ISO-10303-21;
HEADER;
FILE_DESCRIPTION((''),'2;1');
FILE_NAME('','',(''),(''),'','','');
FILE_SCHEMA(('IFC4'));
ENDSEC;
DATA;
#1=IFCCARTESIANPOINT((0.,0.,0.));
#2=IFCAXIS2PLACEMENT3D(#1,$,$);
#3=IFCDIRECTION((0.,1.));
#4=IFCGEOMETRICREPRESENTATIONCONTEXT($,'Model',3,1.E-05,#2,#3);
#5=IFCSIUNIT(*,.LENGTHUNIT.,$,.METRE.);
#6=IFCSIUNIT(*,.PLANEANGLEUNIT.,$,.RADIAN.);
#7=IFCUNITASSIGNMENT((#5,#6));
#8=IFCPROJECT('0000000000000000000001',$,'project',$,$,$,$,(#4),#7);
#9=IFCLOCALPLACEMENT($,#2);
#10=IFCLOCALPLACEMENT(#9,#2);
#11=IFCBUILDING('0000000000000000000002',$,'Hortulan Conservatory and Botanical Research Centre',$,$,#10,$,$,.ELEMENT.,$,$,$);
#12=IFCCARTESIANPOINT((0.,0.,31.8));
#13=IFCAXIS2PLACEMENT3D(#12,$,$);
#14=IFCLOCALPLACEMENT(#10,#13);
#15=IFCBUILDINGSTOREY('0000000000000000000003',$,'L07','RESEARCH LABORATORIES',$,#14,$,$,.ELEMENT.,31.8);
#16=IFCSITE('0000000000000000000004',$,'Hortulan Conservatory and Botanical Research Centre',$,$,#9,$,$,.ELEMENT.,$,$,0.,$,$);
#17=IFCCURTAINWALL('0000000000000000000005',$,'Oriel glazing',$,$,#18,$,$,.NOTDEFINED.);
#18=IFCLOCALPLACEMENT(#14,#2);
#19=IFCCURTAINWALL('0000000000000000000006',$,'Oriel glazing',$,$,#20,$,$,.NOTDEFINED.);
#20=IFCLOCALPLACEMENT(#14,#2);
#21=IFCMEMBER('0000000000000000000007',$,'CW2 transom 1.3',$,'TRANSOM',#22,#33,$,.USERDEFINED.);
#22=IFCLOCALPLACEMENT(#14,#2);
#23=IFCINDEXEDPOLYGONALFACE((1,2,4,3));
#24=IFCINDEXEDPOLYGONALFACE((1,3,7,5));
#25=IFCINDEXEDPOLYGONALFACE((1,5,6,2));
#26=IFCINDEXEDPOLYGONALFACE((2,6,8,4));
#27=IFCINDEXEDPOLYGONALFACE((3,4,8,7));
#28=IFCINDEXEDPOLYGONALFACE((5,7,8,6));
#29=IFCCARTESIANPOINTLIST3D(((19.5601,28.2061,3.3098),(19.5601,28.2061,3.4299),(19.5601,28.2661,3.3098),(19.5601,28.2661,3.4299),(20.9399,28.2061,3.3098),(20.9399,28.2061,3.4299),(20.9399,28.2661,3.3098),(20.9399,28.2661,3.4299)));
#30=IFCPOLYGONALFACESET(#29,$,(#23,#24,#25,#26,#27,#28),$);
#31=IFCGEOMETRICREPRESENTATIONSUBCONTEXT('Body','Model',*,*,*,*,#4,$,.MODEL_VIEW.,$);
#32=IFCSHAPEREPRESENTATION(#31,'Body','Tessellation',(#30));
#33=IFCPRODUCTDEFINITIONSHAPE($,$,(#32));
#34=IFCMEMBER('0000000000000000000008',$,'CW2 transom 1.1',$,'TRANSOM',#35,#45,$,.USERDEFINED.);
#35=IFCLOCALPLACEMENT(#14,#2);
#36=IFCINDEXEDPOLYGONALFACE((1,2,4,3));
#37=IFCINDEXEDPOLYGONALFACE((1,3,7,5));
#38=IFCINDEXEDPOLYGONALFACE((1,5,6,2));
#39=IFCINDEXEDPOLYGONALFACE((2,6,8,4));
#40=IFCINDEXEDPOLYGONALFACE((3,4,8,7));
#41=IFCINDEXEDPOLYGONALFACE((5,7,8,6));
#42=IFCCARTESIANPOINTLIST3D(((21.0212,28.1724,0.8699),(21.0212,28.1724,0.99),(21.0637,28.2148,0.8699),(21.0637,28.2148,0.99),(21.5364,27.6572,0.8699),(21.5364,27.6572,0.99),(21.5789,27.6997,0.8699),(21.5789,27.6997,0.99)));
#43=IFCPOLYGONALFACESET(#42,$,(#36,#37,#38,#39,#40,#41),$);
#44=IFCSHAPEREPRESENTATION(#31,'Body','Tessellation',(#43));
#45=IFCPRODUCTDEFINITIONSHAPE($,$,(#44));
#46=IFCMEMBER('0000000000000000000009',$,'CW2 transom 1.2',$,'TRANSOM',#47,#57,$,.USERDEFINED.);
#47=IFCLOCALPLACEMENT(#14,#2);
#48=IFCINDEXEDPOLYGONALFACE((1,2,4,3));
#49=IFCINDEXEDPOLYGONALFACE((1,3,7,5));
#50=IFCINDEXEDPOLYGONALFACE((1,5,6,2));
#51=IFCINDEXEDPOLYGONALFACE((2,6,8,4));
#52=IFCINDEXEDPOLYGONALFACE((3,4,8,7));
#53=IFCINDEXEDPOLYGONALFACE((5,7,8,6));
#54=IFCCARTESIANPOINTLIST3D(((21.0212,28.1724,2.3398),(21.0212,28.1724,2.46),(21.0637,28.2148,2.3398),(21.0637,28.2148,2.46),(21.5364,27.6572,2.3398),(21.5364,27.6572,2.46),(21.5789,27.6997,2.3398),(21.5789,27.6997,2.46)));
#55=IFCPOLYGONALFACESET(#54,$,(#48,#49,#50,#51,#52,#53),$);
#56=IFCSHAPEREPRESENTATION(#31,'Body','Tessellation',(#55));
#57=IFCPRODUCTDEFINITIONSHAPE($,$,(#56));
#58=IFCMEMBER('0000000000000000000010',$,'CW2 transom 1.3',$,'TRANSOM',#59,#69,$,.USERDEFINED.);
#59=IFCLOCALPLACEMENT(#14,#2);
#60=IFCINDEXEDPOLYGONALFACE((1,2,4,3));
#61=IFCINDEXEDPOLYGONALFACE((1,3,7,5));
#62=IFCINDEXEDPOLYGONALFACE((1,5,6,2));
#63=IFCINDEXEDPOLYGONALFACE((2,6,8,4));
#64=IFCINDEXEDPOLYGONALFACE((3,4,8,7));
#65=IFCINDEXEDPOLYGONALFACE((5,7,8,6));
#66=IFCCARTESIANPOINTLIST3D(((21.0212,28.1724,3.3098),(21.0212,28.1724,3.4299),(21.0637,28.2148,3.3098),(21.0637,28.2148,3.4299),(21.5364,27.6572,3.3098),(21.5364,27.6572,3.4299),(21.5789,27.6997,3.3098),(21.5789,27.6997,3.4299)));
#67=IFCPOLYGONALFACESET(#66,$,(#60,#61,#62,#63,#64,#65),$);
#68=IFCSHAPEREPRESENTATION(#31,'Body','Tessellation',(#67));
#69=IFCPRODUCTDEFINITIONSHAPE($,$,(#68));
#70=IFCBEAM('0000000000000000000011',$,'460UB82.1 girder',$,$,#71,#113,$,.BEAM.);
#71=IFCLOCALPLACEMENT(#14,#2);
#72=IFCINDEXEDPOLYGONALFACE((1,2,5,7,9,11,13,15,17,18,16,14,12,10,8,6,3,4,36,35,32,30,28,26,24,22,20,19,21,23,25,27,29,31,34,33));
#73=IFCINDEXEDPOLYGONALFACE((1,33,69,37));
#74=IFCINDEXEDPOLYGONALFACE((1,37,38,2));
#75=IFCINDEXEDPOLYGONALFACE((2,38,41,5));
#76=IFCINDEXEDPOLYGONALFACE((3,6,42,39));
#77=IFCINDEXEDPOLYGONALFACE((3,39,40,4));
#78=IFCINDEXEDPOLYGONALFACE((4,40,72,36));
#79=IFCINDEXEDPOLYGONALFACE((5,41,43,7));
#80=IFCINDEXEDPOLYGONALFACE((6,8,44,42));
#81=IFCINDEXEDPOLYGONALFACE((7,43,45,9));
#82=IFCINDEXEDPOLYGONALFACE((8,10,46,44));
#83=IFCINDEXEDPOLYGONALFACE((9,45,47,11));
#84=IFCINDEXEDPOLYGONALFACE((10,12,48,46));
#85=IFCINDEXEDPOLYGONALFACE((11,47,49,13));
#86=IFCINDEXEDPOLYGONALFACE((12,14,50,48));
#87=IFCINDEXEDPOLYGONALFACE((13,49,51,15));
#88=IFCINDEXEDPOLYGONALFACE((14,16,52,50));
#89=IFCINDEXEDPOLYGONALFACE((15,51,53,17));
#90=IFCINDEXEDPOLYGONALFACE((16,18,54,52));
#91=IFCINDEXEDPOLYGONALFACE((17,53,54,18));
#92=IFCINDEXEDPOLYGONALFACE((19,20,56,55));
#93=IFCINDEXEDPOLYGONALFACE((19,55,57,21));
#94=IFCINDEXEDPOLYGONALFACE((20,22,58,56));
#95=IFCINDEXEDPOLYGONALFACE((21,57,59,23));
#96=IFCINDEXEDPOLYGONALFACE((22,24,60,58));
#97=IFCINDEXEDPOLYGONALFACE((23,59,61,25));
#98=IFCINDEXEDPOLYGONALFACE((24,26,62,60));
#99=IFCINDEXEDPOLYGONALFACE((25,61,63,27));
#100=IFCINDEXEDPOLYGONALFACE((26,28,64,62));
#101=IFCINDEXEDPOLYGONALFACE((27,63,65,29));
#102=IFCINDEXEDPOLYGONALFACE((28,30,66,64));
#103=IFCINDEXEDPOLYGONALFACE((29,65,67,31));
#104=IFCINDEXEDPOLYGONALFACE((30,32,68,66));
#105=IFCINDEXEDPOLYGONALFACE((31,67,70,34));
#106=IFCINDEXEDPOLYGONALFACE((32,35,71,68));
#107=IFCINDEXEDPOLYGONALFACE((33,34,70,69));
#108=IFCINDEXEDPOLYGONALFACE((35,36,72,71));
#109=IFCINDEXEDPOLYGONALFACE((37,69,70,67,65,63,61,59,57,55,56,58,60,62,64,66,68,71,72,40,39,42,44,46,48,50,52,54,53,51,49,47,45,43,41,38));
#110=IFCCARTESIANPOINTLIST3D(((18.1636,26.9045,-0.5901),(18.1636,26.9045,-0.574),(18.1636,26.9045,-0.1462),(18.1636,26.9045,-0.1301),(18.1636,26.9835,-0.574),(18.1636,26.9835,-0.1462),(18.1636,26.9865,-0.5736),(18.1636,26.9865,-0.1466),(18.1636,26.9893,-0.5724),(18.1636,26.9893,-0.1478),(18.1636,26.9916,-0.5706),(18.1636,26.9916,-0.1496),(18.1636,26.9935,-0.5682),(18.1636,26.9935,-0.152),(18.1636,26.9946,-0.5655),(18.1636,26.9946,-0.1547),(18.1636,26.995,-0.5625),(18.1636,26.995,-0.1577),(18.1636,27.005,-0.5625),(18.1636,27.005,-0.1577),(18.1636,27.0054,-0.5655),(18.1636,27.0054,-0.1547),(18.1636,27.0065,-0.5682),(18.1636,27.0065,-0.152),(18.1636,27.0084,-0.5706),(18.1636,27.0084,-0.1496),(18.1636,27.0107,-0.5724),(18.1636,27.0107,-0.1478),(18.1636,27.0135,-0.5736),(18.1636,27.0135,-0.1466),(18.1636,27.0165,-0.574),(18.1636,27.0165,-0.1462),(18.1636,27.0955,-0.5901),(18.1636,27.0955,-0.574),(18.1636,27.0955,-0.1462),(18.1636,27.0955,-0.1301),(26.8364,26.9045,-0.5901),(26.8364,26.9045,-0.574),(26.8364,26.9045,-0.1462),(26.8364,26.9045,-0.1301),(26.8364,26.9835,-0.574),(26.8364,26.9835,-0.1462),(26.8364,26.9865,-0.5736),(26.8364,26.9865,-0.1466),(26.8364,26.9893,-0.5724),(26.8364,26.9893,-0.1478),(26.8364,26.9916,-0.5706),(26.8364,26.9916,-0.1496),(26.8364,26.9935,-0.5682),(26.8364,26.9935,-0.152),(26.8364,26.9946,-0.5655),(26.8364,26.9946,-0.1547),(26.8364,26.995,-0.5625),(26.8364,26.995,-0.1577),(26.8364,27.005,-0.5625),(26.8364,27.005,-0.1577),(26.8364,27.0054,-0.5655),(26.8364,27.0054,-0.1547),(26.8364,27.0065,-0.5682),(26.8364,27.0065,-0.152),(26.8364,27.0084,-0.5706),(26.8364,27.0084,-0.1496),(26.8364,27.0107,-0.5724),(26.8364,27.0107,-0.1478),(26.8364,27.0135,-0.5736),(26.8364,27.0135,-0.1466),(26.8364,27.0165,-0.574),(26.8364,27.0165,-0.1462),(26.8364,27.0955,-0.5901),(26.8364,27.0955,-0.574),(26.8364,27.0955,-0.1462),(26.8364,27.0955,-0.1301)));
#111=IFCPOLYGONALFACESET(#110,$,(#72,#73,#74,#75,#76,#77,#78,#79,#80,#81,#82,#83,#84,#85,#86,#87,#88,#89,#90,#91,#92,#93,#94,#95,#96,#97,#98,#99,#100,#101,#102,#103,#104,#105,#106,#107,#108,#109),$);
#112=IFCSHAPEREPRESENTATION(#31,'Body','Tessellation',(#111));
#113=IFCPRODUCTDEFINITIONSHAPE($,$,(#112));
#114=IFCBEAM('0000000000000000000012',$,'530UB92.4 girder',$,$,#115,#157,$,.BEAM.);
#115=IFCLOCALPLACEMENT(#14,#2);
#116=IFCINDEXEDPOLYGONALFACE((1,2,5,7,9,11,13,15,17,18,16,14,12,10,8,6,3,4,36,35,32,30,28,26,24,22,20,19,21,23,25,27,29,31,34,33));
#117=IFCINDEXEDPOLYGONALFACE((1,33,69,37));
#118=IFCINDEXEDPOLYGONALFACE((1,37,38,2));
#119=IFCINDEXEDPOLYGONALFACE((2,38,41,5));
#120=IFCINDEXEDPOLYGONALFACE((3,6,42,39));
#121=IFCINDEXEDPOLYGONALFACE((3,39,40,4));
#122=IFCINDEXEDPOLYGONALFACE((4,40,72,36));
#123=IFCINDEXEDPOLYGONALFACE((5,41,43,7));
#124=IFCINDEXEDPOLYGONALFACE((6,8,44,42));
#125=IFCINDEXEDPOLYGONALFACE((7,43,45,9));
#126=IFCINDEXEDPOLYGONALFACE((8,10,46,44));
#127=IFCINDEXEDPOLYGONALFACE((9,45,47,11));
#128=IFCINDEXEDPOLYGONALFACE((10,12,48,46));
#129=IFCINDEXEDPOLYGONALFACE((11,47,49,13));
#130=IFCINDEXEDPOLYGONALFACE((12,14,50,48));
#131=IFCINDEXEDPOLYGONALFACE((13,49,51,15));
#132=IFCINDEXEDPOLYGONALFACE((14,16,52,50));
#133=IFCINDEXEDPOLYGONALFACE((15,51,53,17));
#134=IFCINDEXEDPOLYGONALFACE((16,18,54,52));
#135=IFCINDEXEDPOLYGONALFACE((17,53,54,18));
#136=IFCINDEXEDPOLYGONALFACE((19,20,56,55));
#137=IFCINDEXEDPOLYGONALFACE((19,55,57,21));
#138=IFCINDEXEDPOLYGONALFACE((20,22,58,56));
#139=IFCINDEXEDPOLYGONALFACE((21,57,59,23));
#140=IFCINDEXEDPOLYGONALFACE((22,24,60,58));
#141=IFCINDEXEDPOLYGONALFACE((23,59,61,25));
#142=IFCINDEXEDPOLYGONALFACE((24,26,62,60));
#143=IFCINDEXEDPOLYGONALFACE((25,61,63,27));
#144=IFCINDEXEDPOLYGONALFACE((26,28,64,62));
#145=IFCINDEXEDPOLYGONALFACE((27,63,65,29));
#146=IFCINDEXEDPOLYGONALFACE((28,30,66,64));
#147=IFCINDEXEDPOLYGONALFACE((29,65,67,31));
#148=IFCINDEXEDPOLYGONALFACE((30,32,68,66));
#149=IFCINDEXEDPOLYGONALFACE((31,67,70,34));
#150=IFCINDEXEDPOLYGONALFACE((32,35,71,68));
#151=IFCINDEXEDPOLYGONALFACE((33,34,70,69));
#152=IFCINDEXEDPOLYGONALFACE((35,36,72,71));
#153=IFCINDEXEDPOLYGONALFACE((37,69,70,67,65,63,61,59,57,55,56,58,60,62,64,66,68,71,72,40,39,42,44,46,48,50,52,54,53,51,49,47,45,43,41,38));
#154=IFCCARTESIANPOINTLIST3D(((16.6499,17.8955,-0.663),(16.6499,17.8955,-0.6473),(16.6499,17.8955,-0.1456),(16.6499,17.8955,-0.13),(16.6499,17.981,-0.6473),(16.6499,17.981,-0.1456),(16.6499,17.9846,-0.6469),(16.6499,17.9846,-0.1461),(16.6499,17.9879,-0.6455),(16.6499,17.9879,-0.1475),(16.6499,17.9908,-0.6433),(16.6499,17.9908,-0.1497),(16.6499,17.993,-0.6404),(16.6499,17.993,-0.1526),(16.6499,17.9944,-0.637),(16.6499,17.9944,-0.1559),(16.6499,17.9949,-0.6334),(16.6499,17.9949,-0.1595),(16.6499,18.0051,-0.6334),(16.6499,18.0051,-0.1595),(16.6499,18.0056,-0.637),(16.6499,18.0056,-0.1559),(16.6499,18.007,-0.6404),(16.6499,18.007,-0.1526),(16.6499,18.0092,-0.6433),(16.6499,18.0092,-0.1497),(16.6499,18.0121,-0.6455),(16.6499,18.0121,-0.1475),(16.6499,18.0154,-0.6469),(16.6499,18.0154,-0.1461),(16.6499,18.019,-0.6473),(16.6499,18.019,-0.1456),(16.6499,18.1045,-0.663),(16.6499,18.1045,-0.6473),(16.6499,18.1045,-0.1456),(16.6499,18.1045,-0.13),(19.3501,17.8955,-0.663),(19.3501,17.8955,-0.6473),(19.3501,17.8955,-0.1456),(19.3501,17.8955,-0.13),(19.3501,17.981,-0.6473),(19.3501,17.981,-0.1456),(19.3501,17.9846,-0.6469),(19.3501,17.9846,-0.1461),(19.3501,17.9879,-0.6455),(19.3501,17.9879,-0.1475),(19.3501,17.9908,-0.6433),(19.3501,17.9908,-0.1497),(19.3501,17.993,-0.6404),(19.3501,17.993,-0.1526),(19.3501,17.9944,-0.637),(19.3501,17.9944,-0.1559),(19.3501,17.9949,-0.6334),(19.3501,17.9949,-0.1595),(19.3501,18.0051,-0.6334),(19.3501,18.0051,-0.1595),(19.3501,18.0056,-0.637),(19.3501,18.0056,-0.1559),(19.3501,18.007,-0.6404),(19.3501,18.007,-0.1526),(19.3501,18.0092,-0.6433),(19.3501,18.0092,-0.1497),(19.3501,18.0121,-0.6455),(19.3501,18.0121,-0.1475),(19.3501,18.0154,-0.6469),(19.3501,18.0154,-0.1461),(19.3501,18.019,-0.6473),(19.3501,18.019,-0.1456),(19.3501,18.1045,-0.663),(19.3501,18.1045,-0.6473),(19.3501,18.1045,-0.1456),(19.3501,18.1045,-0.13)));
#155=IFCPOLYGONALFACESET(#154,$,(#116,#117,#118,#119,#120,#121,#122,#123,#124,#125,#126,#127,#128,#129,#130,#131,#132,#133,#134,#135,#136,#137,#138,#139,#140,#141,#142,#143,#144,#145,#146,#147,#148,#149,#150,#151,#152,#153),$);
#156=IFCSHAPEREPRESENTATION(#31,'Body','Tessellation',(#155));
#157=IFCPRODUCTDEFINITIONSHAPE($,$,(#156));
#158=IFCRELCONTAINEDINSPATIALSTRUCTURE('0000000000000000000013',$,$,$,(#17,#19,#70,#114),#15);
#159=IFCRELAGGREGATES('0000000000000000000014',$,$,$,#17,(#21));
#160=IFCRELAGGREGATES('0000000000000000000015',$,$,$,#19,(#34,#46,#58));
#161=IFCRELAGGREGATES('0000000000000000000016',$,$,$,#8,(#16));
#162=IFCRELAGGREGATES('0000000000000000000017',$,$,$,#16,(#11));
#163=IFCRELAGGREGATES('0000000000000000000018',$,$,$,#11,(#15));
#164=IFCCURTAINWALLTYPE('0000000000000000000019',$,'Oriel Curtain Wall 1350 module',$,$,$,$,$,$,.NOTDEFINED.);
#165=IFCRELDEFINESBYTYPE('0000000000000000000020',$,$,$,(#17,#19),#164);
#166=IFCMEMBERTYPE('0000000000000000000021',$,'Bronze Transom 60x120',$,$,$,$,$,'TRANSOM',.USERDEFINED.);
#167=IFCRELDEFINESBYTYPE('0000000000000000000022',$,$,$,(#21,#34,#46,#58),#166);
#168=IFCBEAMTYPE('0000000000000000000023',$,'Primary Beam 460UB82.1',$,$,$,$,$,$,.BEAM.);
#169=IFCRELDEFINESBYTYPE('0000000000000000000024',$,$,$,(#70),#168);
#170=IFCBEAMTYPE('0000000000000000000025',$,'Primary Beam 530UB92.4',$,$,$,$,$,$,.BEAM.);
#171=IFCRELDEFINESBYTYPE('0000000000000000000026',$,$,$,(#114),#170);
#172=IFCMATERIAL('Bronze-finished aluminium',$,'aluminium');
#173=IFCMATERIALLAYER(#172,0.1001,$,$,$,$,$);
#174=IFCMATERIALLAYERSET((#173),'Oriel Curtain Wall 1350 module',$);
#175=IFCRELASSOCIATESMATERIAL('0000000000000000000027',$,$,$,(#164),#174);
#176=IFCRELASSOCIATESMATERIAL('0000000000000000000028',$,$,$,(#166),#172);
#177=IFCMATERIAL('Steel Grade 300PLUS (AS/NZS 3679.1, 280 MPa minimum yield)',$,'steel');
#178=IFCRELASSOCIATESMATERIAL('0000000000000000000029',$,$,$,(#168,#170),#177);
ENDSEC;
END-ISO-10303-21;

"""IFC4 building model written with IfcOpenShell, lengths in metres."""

from ifc_helpers import new_model, si_unit, direction, frame, origin, origin_2d, place, context, subcontext, project, spatial, rectangle, i_section, extrude, material, layer, layer_set, material_profile, profile_set, type_object, element, aggregate, save


model = new_model("IFC4")

# Units and contexts
model_context = context("Model", 3, precision=1e-05, world=origin(), true_north=direction((0.0, 1.0)))
body_context = subcontext(model_context, "Body", "Model", "MODEL_VIEW")
ifc_project = project(units=[si_unit("LENGTHUNIT", "METRE"), si_unit("PLANEANGLEUNIT", "RADIAN")], contexts=[model_context])

# Site, building, storey
site_placement = place(None, origin())
site = spatial("IfcSite", under=ifc_project, at=site_placement, Name="Hortulan Conservatory and Botanical Research Centre", CompositionType="ELEMENT", RefElevation=0.0)
building_placement = place(site_placement, origin())
building = spatial("IfcBuilding", under=site, at=building_placement, Name="Hortulan Conservatory and Botanical Research Centre", CompositionType="ELEMENT")
storey_placement = place(building_placement, frame((0.0, 0.0, 31.8)))
storey = spatial("IfcBuildingStorey", under=building, at=storey_placement, Name="L07", Description="RESEARCH LABORATORIES", CompositionType="ELEMENT", Elevation=31.8)

# Shared definitions
ifc_material_1 = material(Name="Steel Grade 300PLUS (AS/NZS 3679.1, 280 MPa minimum yield)", Category="steel")

# Curtain walls
ifc_material_2 = material(Name="Bronze-finished aluminium", Category="aluminium")
ifc_layer_1 = layer(ifc_material_2, 0.1001)
ifc_layer_set_1 = layer_set([ifc_layer_1], Name="Oriel Curtain Wall 1350 module")
curtain_wall_type = type_object("IfcCurtainWallType", Name="Oriel Curtain Wall 1350 module", PredefinedType="NOTDEFINED", material=ifc_layer_set_1)
curtain_wall_1_placement = place(storey_placement, origin())
curtain_wall_1 = element("IfcCurtainWall", 1, at=curtain_wall_1_placement, inside=storey, type_object=curtain_wall_type, Name="Oriel glazing", PredefinedType="NOTDEFINED")
curtain_wall_2_placement = place(storey_placement, origin())
curtain_wall_2 = element("IfcCurtainWall", 2, at=curtain_wall_2_placement, inside=storey, type_object=curtain_wall_type, Name="Oriel glazing", PredefinedType="NOTDEFINED")

# Members
ifc_material_profile_1 = material_profile(ifc_material_2, rectangle(XDim=0.0601, YDim=0.1201, at=origin_2d()), Name="Bronze Transom 60x120")
ifc_profile_set_1 = profile_set([ifc_material_profile_1], Name="Bronze-finished aluminium")
member_type_1 = type_object("IfcMemberType", Name="Bronze Transom 60x120", ElementType="TRANSOM", PredefinedType="USERDEFINED", material=ifc_profile_set_1)
member_1_placement = place(storey_placement, frame((19.5601, 28.2361, 3.3699), z_axis=(1.0, 0.0, 0.0), x_axis=(0.0, 1.0, 0.0)))
member_1 = element("IfcMember", 3, at=member_1_placement, type_object=member_type_1, Name="CW2 transom 1.3", ObjectType="TRANSOM", PredefinedType="USERDEFINED", context=body_context, shape_type="SweptSolid", body=[
    extrude(rectangle(XDim=0.0601, YDim=0.1201, at=origin_2d()), origin(), (0.0, 0.0, 1.0), 1.3799),
])
member_2_placement = place(storey_placement, frame((21.0425, 28.1936, 0.9299), z_axis=(0.707107, -0.707107, 0.0), x_axis=(0.707107, 0.707107, 0.0)))
member_2 = element("IfcMember", 4, at=member_2_placement, type_object=member_type_1, Name="CW2 transom 1.1", ObjectType="TRANSOM", PredefinedType="USERDEFINED", context=body_context, shape_type="SweptSolid", body=[
    extrude(rectangle(XDim=0.0601, YDim=0.1201, at=origin_2d()), origin(), (0.0, 0.0, 1.0), 0.7285),
])
member_3_placement = place(storey_placement, frame((21.0425, 28.1936, 2.3999), z_axis=(0.707107, -0.707107, 0.0), x_axis=(0.707107, 0.707107, 0.0)))
member_3 = element("IfcMember", 5, at=member_3_placement, type_object=member_type_1, Name="CW2 transom 1.2", ObjectType="TRANSOM", PredefinedType="USERDEFINED", context=body_context, shape_type="SweptSolid", body=[
    extrude(rectangle(XDim=0.0601, YDim=0.1201, at=origin_2d()), origin(), (0.0, 0.0, 1.0), 0.7285),
])
member_4_placement = place(storey_placement, frame((21.0425, 28.1936, 3.3699), z_axis=(0.707107, -0.707107, 0.0), x_axis=(0.707107, 0.707107, 0.0)))
member_4 = element("IfcMember", 6, at=member_4_placement, type_object=member_type_1, Name="CW2 transom 1.3", ObjectType="TRANSOM", PredefinedType="USERDEFINED", context=body_context, shape_type="SweptSolid", body=[
    extrude(rectangle(XDim=0.0601, YDim=0.1201, at=origin_2d()), origin(), (0.0, 0.0, 1.0), 0.7285),
])

# Beams
ifc_material_profile_2 = material_profile(ifc_material_1, i_section(OverallWidth=0.1909, OverallDepth=0.46, WebThickness=0.01, FlangeThickness=0.0161, FilletRadius=0.0115, at=origin_2d()), Name="460UB82.1")
ifc_profile_set_2 = profile_set([ifc_material_profile_2], Name="Steel Grade 300PLUS (AS/NZS 3679.1, 280 MPa minimum yield)")
beam_type_1 = type_object("IfcBeamType", Name="Primary Beam 460UB82.1", PredefinedType="BEAM", material=ifc_profile_set_2)
beam_1_placement = place(storey_placement, frame((18.1636, 27.0, -0.3601), z_axis=(1.0, 0.0, 0.0), x_axis=(0.0, 1.0, 0.0)))
element("IfcBeam", 7, at=beam_1_placement, inside=storey, type_object=beam_type_1, Name="460UB82.1 girder", PredefinedType="BEAM", context=body_context, shape_type="SweptSolid", body=[
    extrude(i_section(OverallWidth=0.1909, OverallDepth=0.46, WebThickness=0.01, FlangeThickness=0.0161, FilletRadius=0.0115, at=origin_2d()), origin(), (0.0, 0.0, 1.0), 8.6729),
])
ifc_material_profile_3 = material_profile(ifc_material_1, i_section(OverallWidth=0.209, OverallDepth=0.533, WebThickness=0.0103, FlangeThickness=0.0156, FilletRadius=0.0139, at=origin_2d()), Name="530UB92.4")
ifc_profile_set_3 = profile_set([ifc_material_profile_3], Name="Steel Grade 300PLUS (AS/NZS 3679.1, 280 MPa minimum yield)")
beam_type_2 = type_object("IfcBeamType", Name="Primary Beam 530UB92.4", PredefinedType="BEAM", material=ifc_profile_set_3)
beam_2_placement = place(storey_placement, frame((16.6499, 18.0, -0.3965), z_axis=(1.0, 0.0, 0.0), x_axis=(0.0, 1.0, 0.0)))
element("IfcBeam", 8, at=beam_2_placement, inside=storey, type_object=beam_type_2, Name="530UB92.4 girder", PredefinedType="BEAM", context=body_context, shape_type="SweptSolid", body=[
    extrude(i_section(OverallWidth=0.209, OverallDepth=0.533, WebThickness=0.0103, FlangeThickness=0.0156, FilletRadius=0.0139, at=origin_2d()), origin(), (0.0, 0.0, 1.0), 2.7002),
])

aggregate(curtain_wall_1, [member_1])
aggregate(curtain_wall_2, [member_2, member_3, member_4])

save(model, "model.ifc")
